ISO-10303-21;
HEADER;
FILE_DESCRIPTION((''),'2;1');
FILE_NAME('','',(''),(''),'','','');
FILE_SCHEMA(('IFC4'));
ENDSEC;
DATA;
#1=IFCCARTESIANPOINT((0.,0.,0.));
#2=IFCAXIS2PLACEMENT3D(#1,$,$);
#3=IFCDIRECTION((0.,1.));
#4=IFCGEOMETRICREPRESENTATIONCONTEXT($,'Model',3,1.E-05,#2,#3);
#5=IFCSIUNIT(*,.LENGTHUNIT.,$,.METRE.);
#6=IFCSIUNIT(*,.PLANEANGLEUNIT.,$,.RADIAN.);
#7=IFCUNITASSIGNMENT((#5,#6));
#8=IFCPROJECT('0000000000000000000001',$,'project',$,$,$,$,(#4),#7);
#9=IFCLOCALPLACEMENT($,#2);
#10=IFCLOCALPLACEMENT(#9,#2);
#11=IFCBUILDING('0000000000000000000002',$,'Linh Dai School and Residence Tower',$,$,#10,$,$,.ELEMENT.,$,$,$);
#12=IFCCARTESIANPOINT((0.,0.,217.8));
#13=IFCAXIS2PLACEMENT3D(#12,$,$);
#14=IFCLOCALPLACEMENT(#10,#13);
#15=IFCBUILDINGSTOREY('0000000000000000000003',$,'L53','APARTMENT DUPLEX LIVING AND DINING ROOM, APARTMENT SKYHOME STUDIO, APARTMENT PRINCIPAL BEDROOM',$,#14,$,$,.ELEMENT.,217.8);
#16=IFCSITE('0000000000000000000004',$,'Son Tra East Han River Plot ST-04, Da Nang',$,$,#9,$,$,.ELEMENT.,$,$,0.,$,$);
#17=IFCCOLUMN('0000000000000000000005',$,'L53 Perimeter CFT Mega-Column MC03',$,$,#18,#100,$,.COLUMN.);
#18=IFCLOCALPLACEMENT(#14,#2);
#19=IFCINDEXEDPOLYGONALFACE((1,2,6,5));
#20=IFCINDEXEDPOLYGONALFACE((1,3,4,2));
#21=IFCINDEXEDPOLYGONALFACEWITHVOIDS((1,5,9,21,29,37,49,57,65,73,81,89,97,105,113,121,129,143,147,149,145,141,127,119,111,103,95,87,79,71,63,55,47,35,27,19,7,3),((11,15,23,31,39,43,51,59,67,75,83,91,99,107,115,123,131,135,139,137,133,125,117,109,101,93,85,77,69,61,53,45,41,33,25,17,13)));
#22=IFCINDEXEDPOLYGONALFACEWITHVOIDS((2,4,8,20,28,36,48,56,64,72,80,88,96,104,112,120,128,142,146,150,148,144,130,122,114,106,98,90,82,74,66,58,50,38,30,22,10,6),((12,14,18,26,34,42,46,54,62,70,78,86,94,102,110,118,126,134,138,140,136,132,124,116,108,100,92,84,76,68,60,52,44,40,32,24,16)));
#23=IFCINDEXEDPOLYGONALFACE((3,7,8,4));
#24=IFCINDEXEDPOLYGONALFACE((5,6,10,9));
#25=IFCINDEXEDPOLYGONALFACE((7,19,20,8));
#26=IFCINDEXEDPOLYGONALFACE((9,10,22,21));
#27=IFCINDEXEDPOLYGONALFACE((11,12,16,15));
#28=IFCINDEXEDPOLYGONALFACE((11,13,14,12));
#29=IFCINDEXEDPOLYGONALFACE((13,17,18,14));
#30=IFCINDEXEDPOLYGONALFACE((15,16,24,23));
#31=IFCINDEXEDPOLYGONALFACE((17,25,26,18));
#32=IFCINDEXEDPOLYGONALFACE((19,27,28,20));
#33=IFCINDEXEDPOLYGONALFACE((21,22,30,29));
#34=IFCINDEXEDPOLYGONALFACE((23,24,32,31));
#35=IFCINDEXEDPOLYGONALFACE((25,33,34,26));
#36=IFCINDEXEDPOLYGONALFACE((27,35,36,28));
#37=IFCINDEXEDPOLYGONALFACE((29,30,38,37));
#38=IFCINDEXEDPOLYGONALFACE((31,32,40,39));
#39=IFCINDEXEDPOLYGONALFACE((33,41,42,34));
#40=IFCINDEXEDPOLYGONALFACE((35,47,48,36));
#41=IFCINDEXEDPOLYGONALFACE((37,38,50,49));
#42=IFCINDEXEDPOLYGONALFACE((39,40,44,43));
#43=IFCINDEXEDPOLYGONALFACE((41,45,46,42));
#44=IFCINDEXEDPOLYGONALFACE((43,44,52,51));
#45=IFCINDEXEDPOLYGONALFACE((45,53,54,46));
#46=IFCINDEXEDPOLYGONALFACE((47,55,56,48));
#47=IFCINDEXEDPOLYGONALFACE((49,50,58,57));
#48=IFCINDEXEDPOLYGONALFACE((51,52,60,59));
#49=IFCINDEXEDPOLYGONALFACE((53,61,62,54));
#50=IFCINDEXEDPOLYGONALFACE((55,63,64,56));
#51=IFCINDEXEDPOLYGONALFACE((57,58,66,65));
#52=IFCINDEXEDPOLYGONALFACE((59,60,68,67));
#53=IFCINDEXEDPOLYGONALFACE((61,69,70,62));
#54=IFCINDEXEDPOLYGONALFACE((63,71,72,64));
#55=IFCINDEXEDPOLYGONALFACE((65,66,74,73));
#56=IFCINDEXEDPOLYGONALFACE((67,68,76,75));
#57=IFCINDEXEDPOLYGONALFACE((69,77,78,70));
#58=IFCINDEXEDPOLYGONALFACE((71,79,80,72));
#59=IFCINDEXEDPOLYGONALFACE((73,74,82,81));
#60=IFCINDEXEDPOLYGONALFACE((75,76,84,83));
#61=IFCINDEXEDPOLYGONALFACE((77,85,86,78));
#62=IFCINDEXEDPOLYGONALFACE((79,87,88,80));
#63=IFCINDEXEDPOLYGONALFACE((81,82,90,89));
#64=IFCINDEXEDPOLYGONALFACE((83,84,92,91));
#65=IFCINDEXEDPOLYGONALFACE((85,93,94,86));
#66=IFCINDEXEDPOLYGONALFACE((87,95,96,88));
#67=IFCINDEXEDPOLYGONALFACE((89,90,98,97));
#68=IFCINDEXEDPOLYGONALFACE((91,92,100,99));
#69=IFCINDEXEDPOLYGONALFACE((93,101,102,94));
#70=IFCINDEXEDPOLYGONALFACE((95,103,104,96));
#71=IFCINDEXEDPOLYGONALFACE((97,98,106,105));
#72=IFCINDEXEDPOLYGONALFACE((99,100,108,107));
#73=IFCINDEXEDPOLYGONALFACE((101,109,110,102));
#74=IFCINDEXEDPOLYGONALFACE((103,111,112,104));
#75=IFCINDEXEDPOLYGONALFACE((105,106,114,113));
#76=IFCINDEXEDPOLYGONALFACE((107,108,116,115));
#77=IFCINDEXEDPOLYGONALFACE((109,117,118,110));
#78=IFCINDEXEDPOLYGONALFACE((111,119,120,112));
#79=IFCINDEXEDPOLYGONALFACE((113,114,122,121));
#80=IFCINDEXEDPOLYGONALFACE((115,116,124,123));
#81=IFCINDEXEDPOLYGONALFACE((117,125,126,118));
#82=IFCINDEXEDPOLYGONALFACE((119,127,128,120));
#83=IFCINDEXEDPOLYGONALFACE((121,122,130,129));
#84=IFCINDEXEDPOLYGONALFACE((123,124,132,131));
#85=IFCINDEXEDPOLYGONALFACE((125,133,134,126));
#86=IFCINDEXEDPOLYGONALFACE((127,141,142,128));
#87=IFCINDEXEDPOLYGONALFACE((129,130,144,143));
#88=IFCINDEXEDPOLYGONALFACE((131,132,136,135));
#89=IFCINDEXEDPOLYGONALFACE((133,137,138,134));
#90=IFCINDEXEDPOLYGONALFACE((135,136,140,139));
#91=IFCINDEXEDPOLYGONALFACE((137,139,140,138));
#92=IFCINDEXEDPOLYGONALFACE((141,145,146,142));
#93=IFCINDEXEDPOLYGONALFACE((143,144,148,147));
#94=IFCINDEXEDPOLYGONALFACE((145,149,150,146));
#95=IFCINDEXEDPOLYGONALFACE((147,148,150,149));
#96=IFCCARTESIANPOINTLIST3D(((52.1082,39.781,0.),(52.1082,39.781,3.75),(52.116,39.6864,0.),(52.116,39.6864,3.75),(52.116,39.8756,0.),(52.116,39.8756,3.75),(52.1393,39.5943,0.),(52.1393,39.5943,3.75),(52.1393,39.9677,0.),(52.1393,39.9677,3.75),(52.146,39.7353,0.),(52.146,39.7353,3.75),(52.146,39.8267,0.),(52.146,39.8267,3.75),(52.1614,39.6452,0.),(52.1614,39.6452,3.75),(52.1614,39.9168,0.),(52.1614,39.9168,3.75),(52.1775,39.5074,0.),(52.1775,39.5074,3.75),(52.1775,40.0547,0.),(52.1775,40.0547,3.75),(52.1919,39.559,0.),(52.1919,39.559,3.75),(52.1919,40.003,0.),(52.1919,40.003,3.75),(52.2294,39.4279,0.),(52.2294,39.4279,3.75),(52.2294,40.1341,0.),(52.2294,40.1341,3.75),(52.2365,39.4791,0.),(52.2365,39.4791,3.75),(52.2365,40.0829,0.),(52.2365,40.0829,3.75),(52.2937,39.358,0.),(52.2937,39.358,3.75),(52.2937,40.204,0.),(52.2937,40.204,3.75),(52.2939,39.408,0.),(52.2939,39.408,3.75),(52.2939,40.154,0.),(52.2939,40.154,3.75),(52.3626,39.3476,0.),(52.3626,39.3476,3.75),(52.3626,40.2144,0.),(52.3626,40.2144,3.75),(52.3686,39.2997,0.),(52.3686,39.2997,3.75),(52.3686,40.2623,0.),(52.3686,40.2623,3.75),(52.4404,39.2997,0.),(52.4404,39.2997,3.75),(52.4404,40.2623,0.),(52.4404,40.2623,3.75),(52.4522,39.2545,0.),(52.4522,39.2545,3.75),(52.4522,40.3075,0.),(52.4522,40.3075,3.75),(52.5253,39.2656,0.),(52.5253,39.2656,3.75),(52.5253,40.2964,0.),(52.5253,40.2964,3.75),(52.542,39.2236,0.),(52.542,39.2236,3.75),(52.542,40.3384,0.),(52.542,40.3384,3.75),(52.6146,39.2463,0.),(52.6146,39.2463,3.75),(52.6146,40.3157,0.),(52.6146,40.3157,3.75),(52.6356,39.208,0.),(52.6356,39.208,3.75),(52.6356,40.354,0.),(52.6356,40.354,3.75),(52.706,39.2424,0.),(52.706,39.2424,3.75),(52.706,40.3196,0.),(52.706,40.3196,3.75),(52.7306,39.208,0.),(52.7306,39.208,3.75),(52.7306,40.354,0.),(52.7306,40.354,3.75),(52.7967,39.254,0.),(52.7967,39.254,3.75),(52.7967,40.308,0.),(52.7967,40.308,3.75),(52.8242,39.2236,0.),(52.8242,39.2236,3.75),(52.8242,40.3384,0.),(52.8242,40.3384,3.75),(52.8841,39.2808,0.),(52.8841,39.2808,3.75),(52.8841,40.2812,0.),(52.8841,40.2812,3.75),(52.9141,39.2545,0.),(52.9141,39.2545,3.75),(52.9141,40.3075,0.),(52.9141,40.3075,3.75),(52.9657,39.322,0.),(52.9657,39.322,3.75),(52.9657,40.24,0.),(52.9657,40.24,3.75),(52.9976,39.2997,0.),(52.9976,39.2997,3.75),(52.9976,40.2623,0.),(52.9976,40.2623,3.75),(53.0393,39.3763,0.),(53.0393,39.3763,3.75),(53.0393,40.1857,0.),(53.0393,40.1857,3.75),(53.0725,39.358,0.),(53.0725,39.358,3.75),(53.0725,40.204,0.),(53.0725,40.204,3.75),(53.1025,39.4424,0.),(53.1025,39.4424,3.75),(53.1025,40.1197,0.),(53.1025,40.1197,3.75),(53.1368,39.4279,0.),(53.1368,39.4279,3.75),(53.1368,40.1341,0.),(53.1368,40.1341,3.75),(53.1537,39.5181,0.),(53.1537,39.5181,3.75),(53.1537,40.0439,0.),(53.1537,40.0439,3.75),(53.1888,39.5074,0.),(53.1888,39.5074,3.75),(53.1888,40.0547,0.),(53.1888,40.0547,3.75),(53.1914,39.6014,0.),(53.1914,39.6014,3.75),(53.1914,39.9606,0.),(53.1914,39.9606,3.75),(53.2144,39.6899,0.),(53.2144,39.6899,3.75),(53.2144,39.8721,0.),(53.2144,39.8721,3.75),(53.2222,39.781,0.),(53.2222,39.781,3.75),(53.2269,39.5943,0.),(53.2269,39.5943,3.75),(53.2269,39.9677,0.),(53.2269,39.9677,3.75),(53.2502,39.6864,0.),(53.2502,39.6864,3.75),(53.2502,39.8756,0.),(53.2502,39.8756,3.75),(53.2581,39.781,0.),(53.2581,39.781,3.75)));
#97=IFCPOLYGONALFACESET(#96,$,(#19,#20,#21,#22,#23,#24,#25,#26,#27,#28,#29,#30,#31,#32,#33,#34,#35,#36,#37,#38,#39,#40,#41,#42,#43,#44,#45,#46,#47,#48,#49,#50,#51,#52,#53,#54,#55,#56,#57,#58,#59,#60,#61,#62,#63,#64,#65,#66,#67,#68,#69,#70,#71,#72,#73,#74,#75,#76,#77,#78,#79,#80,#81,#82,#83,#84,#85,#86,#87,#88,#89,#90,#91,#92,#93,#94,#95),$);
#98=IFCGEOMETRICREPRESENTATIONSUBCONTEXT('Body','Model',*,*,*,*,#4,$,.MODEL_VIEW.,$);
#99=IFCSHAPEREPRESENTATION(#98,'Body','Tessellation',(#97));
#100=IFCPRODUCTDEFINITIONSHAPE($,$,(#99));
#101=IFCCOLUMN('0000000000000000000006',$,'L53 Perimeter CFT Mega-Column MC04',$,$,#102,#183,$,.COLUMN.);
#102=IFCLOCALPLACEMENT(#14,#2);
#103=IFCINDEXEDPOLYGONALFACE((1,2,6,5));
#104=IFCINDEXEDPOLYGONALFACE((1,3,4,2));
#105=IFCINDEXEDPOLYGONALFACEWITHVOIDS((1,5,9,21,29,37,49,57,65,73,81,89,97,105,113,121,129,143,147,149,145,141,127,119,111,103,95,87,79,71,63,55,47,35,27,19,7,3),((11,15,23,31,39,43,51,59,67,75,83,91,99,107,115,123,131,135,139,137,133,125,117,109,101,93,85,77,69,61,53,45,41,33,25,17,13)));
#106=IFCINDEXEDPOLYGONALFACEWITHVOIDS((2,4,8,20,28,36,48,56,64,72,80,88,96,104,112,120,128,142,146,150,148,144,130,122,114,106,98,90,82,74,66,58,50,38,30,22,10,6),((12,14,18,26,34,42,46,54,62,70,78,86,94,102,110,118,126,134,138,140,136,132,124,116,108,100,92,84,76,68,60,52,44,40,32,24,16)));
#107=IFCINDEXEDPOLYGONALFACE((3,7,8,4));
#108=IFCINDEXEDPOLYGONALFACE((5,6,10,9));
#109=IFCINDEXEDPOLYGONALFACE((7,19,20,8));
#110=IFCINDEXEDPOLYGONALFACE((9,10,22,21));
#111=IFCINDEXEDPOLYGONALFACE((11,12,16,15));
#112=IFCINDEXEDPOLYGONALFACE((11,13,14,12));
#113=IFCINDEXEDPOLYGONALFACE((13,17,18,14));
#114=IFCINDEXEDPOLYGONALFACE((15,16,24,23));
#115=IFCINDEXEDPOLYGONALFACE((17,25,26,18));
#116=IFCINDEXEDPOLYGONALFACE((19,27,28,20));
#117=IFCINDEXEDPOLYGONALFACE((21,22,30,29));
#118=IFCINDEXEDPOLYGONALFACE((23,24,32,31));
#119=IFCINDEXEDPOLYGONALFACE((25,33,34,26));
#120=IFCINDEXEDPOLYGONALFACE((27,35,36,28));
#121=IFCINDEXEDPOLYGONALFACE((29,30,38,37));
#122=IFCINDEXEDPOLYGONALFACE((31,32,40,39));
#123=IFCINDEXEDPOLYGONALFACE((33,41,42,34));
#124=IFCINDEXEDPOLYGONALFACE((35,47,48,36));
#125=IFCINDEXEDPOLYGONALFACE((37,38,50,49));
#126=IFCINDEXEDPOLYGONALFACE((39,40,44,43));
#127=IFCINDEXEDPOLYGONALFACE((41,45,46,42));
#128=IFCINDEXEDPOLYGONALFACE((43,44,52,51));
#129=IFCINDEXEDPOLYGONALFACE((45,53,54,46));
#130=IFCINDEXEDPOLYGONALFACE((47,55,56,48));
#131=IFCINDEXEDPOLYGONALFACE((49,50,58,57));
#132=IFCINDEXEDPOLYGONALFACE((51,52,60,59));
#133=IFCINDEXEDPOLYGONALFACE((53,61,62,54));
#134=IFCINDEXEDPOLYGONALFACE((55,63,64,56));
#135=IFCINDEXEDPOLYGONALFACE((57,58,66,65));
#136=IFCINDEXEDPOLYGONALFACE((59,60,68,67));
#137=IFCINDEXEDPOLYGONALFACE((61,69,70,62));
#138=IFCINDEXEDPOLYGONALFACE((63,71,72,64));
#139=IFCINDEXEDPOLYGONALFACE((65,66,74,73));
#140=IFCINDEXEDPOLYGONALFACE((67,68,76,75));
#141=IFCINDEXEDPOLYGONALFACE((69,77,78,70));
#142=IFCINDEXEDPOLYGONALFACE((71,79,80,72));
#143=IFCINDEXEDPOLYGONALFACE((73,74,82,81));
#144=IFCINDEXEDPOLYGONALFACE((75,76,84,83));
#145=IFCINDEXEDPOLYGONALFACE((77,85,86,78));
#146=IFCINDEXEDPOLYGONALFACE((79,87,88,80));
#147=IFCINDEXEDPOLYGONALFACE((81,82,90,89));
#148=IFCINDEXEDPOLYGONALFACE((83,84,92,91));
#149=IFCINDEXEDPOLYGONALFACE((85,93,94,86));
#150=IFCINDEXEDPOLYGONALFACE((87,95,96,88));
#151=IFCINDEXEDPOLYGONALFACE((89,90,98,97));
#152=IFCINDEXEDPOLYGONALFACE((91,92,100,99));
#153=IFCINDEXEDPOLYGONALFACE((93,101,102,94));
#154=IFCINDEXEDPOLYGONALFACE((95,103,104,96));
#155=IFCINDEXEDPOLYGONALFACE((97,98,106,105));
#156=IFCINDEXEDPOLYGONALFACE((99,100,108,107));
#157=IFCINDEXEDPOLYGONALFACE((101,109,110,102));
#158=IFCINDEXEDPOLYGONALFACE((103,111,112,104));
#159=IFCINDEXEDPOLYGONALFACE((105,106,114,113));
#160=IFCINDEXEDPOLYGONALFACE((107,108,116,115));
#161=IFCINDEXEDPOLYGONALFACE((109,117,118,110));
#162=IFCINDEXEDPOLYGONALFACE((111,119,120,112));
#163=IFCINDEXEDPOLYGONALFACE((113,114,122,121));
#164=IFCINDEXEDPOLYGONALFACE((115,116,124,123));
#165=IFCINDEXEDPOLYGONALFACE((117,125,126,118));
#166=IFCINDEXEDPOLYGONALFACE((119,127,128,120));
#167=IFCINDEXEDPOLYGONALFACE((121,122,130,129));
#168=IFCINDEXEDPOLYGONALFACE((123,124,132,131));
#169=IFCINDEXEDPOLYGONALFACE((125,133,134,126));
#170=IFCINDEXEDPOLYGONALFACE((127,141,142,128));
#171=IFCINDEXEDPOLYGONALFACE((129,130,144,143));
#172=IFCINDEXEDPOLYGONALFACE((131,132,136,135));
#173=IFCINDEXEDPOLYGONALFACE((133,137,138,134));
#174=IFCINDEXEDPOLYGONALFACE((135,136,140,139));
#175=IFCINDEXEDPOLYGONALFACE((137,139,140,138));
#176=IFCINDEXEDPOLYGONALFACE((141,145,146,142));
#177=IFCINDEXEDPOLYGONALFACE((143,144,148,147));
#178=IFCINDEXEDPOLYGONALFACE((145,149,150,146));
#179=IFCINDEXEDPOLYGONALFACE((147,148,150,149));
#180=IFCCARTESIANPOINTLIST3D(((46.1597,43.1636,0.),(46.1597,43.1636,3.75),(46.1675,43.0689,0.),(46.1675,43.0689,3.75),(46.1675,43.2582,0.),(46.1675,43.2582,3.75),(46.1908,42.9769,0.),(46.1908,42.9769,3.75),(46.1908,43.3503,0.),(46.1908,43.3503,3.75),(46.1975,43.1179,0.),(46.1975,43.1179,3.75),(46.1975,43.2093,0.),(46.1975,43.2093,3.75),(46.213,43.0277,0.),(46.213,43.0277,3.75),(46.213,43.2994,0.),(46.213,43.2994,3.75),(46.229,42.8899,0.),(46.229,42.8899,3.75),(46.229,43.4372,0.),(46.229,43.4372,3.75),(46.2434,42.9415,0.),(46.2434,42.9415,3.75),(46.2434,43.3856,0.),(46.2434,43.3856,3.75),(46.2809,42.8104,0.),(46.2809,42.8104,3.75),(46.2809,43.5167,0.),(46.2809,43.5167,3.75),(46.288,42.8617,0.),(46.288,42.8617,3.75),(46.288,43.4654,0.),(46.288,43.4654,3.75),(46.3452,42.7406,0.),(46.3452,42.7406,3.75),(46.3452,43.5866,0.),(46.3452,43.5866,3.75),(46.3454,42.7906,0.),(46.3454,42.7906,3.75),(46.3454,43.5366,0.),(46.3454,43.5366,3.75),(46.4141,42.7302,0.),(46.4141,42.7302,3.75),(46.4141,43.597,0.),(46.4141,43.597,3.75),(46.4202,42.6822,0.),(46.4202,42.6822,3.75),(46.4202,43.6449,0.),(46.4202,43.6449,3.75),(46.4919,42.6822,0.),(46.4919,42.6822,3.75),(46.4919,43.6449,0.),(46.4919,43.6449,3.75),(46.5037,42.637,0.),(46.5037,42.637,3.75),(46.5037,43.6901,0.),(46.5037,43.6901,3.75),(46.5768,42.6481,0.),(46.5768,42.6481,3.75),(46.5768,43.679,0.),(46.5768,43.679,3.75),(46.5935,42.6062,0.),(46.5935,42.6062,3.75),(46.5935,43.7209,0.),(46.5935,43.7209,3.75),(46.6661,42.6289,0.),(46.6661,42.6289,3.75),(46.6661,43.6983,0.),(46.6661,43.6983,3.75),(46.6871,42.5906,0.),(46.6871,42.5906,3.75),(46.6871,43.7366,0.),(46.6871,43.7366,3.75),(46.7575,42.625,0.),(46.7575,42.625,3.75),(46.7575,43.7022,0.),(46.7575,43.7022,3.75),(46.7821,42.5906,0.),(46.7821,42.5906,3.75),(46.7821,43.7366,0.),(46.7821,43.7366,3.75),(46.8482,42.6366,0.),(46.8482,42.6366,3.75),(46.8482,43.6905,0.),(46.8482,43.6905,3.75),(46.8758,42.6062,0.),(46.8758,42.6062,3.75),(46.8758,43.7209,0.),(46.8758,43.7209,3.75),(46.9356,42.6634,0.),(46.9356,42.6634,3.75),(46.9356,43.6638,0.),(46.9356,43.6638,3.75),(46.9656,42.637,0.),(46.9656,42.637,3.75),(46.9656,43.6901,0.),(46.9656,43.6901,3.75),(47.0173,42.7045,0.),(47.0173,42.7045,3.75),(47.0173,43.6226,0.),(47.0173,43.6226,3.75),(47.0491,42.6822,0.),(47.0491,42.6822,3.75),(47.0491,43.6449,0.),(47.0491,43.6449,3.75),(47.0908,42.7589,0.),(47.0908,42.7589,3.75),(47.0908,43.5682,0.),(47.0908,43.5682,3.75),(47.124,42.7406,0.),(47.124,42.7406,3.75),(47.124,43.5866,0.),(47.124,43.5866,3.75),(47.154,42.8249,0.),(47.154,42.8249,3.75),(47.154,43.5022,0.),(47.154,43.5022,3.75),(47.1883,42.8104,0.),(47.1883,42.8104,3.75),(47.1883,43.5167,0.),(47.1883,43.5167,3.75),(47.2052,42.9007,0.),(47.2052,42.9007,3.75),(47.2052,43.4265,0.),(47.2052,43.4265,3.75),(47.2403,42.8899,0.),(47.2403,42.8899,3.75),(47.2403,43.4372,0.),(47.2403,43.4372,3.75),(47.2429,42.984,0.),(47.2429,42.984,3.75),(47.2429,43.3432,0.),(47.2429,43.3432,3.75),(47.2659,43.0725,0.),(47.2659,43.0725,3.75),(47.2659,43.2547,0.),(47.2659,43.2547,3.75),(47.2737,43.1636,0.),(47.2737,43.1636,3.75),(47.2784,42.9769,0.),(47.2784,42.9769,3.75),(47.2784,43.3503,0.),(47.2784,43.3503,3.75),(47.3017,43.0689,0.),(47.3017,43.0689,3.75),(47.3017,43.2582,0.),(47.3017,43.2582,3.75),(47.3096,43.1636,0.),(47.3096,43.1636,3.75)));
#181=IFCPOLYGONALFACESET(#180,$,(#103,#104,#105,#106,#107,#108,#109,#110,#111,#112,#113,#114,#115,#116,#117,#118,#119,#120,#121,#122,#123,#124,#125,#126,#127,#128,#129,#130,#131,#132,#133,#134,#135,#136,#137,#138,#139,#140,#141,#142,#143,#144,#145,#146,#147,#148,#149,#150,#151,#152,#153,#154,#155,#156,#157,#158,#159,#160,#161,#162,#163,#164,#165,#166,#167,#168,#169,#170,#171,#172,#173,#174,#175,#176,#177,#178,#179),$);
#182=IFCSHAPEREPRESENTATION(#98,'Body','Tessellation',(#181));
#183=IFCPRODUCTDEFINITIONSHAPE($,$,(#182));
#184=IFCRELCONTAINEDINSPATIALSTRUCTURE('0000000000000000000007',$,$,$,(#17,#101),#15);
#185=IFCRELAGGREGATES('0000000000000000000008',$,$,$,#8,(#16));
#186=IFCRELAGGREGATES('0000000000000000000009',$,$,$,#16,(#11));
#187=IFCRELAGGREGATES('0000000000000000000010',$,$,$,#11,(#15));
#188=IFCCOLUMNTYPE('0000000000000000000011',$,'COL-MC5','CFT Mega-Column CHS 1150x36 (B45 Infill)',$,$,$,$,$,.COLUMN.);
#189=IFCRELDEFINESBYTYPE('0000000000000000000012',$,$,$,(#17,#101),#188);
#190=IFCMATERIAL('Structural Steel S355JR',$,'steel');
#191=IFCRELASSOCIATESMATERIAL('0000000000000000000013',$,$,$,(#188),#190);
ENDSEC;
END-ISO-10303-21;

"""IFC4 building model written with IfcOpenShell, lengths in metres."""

from ifc_helpers import new_model, si_unit, direction, frame, origin, origin_2d, place, context, subcontext, project, spatial, hollow_circle, extrude, material, material_profile, profile_set, type_object, element, save


model = new_model("IFC4")

# Units and contexts
model_context = context("Model", 3, precision=1e-05, world=origin(), true_north=direction((0.0, 1.0)))
body_context = subcontext(model_context, "Body", "Model", "MODEL_VIEW")
ifc_project = project(units=[si_unit("LENGTHUNIT", "METRE"), si_unit("PLANEANGLEUNIT", "RADIAN")], contexts=[model_context])

# Site, building, storey
site_placement = place(None, origin())
site = spatial("IfcSite", under=ifc_project, at=site_placement, Name="Son Tra East Han River Plot ST-04, Da Nang", CompositionType="ELEMENT", RefElevation=0.0)
building_placement = place(site_placement, origin())
building = spatial("IfcBuilding", under=site, at=building_placement, Name="Linh Dai School and Residence Tower", CompositionType="ELEMENT")
storey_placement = place(building_placement, frame((0.0, 0.0, 217.8)))
storey = spatial("IfcBuildingStorey", under=building, at=storey_placement, Name="L53", Description="APARTMENT DUPLEX LIVING AND DINING ROOM, APARTMENT SKYHOME STUDIO, APARTMENT PRINCIPAL BEDROOM", CompositionType="ELEMENT", Elevation=217.8)

# Columns
ifc_material_1 = material(Name="Structural Steel S355JR", Category="steel")
ifc_material_profile_1 = material_profile(ifc_material_1, hollow_circle(Radius=0.575, WallThickness=0.0359, at=origin_2d()), Name="CHS 1150x36")
ifc_profile_set_1 = profile_set([ifc_material_profile_1], Name="Structural Steel S355JR")
column_type = type_object("IfcColumnType", Name="COL-MC5", Description="CFT Mega-Column CHS 1150x36 (B45 Infill)", PredefinedType="COLUMN", material=ifc_profile_set_1)
for number, where, z_axis, x_axis, name in (
    (1, (52.6831, 39.781, 0.0), (0.0, 0.0, 1.0), (1.0, 0.0, 0.0), "L53 Perimeter CFT Mega-Column MC03"),
    (2, (46.7346, 43.1636, 0.0), (0.0, 0.0, 1.0), (1.0, 0.0, 0.0), "L53 Perimeter CFT Mega-Column MC04"),
):
    element("IfcColumn", number, at=place(storey_placement, frame(where, z_axis=z_axis, x_axis=x_axis)), inside=storey, type_object=column_type, Name=name, PredefinedType="COLUMN", context=body_context, shape_type="SweptSolid", body=[
        extrude(hollow_circle(Radius=0.575, WallThickness=0.0359, at=origin_2d()), origin(), (0.0, 0.0, 1.0), 3.75),
    ])

save(model, "model.ifc")
